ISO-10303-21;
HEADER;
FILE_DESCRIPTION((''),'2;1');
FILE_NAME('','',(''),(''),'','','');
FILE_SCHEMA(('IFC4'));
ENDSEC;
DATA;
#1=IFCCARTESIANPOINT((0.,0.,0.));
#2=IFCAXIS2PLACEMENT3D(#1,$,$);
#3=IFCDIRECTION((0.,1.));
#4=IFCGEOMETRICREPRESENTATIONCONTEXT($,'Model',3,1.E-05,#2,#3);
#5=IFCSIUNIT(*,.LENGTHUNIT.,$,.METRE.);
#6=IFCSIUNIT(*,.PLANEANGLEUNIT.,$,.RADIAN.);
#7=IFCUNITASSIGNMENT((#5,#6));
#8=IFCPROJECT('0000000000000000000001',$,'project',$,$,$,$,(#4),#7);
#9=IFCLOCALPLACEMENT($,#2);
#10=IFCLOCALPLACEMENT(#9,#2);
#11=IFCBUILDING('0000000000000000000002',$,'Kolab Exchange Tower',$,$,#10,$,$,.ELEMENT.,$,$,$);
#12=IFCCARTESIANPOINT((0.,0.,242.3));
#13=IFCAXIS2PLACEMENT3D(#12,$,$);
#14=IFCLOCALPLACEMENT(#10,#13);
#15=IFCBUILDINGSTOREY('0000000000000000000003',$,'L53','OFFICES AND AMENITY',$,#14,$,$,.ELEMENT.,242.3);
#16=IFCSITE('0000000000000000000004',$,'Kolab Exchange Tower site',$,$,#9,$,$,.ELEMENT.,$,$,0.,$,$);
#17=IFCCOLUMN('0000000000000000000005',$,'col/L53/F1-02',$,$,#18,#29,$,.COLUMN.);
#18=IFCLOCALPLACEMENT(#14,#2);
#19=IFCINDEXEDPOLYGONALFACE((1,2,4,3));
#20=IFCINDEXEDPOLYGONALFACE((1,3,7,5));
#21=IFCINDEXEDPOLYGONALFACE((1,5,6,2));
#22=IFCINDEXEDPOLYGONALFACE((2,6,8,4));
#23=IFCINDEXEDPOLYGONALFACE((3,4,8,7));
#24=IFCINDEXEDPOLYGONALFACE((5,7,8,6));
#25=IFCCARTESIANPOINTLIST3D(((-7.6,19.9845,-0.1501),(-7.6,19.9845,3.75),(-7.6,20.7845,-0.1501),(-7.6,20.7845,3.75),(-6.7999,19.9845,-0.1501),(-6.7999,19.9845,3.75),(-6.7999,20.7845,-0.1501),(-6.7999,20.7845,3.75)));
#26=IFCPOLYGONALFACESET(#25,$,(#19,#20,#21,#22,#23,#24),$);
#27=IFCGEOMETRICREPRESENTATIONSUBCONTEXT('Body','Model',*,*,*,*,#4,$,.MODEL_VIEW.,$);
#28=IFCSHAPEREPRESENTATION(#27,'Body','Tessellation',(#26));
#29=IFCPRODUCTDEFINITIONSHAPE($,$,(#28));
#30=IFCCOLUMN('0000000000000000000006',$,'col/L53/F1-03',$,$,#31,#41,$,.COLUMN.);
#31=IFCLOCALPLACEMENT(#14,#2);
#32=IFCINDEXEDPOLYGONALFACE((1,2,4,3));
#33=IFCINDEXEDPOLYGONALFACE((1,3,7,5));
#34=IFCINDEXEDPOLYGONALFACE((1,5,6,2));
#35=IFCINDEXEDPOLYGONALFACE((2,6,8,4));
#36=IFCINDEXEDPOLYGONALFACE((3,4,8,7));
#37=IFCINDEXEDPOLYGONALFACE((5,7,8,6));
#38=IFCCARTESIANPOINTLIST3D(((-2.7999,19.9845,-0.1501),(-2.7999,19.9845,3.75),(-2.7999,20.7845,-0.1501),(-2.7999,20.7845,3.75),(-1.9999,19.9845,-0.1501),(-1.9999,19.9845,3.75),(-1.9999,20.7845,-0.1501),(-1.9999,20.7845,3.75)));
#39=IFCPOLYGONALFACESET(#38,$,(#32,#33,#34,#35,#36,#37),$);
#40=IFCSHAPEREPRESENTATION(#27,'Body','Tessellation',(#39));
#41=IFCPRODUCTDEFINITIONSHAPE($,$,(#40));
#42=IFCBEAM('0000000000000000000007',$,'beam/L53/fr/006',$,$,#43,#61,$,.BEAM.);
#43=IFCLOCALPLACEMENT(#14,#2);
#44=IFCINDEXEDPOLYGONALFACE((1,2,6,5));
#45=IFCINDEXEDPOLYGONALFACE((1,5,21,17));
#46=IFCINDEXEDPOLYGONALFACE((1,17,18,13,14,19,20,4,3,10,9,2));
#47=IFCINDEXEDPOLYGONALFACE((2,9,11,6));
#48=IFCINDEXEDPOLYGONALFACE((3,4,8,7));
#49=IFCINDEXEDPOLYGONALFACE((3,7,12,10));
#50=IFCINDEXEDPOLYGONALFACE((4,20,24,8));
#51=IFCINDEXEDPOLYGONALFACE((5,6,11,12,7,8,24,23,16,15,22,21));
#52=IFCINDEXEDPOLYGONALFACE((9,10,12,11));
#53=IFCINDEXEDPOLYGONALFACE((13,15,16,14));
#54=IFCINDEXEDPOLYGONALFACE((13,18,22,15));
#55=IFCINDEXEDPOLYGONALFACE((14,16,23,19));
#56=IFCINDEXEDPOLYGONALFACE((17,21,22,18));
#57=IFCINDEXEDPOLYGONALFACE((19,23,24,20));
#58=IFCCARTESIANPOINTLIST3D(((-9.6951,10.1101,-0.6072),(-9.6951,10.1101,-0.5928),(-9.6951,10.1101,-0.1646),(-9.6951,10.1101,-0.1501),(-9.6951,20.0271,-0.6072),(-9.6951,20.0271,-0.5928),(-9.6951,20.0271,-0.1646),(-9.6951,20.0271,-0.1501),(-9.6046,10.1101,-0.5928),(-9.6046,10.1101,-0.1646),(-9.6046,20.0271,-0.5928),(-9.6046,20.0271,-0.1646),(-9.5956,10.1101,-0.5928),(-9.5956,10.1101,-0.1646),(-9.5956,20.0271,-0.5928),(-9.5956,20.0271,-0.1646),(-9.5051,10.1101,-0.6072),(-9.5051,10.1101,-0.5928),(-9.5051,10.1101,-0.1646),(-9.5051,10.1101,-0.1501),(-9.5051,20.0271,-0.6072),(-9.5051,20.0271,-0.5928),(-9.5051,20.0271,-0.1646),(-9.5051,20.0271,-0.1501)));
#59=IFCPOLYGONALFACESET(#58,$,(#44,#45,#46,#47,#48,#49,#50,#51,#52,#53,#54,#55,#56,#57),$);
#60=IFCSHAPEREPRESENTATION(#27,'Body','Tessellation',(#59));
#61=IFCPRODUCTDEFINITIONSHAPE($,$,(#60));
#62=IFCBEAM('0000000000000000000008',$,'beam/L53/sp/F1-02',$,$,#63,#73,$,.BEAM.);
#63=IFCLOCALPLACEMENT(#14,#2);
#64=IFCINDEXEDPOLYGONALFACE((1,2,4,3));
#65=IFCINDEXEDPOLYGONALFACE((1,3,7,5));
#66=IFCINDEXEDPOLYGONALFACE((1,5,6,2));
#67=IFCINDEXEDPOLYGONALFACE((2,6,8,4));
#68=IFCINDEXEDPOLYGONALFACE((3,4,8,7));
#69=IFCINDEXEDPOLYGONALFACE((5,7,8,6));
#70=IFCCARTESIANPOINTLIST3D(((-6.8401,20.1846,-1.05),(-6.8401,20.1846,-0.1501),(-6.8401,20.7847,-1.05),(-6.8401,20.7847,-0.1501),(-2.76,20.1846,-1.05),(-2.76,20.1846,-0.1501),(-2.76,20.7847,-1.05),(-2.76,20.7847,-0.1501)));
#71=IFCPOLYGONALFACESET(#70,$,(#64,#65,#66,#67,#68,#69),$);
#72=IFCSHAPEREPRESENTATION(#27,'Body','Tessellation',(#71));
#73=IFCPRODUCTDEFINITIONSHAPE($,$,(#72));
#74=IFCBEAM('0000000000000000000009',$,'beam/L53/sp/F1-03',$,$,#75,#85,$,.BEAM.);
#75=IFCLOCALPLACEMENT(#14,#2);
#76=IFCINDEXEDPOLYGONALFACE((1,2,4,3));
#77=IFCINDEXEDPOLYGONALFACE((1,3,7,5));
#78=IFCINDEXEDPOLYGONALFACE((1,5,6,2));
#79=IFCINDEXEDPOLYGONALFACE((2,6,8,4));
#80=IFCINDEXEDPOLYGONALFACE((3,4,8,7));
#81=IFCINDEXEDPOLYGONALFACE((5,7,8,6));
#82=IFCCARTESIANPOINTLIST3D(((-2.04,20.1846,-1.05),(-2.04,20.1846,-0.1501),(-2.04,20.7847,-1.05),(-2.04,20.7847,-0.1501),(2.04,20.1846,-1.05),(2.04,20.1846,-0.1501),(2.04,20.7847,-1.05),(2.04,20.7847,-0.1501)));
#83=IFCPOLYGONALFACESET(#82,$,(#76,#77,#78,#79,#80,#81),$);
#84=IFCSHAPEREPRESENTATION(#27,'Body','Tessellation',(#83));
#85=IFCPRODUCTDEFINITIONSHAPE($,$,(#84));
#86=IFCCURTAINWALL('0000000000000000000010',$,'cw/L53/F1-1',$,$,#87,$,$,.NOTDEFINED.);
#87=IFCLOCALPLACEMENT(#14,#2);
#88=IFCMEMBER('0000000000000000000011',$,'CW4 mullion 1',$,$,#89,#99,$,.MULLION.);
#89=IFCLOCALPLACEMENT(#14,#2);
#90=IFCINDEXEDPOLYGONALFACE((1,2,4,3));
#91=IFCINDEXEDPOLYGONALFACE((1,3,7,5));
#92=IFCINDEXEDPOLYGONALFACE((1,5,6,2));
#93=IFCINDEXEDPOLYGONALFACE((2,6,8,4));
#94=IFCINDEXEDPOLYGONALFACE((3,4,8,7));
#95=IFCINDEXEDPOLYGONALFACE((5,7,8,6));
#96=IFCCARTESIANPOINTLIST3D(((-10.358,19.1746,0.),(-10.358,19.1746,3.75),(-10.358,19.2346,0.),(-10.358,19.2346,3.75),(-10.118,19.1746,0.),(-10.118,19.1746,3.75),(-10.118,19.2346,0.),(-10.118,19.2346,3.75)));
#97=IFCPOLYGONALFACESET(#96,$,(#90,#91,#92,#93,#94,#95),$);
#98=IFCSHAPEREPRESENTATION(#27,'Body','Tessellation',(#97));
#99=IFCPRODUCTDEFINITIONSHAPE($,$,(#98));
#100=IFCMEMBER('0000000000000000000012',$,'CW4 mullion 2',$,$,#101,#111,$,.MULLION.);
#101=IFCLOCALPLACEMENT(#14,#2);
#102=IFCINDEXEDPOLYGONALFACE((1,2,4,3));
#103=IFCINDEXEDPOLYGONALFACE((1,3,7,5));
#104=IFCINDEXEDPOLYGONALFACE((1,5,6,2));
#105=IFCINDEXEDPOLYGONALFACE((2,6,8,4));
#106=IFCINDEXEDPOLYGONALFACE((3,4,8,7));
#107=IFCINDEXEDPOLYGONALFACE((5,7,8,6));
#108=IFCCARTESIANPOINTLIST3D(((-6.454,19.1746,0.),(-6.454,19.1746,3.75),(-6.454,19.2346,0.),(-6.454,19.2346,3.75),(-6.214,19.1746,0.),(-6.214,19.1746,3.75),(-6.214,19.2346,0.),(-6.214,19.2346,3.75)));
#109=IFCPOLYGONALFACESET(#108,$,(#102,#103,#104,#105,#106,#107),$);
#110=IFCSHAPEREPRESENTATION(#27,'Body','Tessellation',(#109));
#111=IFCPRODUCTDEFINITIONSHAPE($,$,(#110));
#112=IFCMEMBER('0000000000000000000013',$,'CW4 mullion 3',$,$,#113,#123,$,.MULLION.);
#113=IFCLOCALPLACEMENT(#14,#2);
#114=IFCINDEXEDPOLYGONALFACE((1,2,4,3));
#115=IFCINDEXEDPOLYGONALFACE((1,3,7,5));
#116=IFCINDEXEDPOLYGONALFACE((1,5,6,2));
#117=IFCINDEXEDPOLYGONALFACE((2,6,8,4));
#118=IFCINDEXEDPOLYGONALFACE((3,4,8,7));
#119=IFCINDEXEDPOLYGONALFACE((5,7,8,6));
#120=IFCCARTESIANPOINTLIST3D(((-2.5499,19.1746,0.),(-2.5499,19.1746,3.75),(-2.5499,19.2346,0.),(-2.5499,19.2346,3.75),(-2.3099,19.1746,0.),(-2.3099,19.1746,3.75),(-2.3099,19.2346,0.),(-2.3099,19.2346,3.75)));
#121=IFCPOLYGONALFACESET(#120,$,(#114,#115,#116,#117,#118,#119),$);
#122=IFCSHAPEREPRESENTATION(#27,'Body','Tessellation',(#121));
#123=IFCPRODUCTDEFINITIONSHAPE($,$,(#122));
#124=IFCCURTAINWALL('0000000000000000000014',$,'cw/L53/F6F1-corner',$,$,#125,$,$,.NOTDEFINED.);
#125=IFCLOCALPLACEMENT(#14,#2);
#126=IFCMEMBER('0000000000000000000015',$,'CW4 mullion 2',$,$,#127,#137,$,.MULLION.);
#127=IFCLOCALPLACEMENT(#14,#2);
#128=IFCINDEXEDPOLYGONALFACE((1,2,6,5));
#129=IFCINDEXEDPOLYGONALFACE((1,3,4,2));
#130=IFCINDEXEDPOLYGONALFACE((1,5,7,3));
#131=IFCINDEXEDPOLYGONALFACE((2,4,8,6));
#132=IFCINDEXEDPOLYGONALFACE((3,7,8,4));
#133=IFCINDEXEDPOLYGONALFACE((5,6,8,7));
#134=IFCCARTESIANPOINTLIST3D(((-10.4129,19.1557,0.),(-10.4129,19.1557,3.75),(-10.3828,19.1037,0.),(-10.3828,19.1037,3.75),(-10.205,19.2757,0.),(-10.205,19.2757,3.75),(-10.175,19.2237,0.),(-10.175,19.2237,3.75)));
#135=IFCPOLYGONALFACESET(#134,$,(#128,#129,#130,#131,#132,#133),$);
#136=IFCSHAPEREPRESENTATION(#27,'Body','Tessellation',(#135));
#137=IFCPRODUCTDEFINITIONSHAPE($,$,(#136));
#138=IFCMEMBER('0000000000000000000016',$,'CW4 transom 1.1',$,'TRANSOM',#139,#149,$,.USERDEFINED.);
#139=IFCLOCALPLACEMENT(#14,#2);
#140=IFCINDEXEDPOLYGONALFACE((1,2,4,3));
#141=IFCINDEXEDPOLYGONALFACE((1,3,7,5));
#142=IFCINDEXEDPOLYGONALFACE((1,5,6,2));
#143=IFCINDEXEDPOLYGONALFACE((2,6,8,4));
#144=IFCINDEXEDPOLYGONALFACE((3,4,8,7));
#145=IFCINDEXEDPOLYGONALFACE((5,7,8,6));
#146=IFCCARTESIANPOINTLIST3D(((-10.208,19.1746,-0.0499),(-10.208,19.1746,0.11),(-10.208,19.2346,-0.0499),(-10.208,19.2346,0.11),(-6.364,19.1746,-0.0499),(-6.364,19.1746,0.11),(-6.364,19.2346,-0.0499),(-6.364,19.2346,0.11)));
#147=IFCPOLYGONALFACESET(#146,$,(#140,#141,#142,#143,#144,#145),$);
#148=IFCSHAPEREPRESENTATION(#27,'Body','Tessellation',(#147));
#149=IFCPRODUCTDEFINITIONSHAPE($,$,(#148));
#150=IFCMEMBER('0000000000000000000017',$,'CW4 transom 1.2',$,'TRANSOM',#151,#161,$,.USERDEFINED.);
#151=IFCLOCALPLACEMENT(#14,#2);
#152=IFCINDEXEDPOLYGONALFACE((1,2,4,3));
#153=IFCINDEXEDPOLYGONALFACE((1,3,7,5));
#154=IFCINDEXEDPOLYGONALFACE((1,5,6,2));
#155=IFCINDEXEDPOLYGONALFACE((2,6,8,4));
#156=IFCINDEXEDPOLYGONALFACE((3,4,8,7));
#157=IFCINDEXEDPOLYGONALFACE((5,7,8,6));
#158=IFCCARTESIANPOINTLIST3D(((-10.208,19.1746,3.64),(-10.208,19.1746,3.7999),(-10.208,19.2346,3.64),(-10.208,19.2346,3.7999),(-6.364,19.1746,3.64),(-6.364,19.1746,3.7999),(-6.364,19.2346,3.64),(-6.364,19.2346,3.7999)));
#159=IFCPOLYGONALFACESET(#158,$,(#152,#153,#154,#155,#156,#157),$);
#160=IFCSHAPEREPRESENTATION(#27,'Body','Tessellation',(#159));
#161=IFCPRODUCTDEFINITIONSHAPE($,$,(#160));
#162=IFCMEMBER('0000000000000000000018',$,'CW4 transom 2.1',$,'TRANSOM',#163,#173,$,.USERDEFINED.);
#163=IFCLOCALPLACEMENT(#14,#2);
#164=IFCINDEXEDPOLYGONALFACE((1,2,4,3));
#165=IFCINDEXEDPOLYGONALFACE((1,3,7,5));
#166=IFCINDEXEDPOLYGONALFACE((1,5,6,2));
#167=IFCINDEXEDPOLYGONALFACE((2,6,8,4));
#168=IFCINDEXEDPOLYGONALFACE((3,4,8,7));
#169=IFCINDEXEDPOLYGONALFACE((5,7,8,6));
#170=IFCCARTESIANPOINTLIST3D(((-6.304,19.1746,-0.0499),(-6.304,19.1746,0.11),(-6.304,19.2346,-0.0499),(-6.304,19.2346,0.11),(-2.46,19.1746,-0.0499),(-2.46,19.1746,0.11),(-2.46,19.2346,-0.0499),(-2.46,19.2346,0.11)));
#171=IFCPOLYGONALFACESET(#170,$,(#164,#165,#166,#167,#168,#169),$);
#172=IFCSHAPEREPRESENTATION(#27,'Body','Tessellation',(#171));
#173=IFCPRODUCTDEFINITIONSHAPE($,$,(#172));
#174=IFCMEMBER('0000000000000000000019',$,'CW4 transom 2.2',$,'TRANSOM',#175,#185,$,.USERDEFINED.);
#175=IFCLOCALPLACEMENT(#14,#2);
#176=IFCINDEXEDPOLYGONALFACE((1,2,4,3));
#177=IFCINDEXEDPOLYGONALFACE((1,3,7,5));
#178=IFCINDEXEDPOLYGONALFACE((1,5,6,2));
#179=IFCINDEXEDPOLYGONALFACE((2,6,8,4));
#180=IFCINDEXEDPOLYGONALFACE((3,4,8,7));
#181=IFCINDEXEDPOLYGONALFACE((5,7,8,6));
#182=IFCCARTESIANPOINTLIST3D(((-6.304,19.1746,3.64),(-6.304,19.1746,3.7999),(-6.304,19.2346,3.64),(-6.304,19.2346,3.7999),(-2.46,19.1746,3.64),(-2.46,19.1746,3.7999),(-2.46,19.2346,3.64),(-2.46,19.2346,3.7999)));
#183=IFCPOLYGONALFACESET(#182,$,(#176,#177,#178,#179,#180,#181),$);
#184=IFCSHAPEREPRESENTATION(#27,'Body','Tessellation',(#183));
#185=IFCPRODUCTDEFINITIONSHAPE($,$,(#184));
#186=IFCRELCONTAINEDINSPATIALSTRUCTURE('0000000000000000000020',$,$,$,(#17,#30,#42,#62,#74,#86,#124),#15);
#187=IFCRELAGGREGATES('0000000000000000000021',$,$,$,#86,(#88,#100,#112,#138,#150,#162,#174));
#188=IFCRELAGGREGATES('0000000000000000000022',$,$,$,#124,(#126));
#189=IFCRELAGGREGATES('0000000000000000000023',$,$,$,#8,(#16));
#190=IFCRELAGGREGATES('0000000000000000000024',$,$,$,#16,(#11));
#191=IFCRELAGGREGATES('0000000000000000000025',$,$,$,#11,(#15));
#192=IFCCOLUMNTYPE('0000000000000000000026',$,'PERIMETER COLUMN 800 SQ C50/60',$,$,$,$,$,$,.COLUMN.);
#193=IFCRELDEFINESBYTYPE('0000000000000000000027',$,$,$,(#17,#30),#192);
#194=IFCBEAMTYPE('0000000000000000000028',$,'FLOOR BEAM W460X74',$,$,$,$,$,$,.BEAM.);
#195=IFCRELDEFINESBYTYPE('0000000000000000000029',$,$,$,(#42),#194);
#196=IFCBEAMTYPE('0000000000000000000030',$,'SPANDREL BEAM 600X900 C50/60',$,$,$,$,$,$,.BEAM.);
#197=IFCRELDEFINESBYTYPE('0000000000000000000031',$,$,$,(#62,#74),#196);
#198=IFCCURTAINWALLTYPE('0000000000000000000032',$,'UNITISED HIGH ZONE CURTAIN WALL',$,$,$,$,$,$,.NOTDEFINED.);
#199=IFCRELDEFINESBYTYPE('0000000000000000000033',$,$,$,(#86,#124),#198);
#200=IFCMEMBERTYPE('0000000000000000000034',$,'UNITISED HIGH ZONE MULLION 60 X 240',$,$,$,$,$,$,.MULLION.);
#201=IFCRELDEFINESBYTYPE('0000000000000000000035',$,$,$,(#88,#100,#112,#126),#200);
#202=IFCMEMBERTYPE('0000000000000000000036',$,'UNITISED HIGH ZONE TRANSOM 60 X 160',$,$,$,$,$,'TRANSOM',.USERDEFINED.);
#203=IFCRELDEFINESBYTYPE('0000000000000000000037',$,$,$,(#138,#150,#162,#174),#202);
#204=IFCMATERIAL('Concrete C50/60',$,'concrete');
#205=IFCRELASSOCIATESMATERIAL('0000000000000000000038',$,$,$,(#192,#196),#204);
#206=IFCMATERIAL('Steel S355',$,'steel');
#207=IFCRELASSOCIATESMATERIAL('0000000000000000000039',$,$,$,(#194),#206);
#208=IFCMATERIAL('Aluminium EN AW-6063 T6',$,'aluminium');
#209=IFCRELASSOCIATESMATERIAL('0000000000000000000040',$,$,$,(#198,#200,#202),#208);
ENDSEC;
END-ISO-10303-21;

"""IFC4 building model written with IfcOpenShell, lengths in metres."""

from ifc_helpers import new_model, si_unit, direction, frame, origin, origin_2d, place, context, subcontext, project, spatial, rectangle, i_section, extrude, material, material_profile, profile_set, type_object, element, aggregate, save


model = new_model("IFC4")

# Units and contexts
model_context = context("Model", 3, precision=1e-05, world=origin(), true_north=direction((0.0, 1.0)))
body_context = subcontext(model_context, "Body", "Model", "MODEL_VIEW")
ifc_project = project(units=[si_unit("LENGTHUNIT", "METRE"), si_unit("PLANEANGLEUNIT", "RADIAN")], contexts=[model_context])

# Site, building, storey
site_placement = place(None, origin())
site = spatial("IfcSite", under=ifc_project, at=site_placement, Name="Kolab Exchange Tower site", CompositionType="ELEMENT", RefElevation=0.0)
building_placement = place(site_placement, origin())
building = spatial("IfcBuilding", under=site, at=building_placement, Name="Kolab Exchange Tower", CompositionType="ELEMENT")
storey_placement = place(building_placement, frame((0.0, 0.0, 242.3)))
storey = spatial("IfcBuildingStorey", under=building, at=storey_placement, Name="L53", Description="OFFICES AND AMENITY", CompositionType="ELEMENT", Elevation=242.3)

# Columns
ifc_material_1 = material(Name="Concrete C50/60", Category="concrete")
ifc_material_profile_1 = material_profile(ifc_material_1, rectangle(XDim=0.8, YDim=0.8, at=origin_2d()), Name="RC800")
ifc_profile_set_1 = profile_set([ifc_material_profile_1], Name="Concrete C50/60")
column_type = type_object("IfcColumnType", Name="PERIMETER COLUMN 800 SQ C50/60", PredefinedType="COLUMN", material=ifc_profile_set_1)
for number, where, z_axis, x_axis, name in (
    (1, (-7.2, 20.3845, -0.1501), (0.0, 0.0, 1.0), (1.0, 0.0, 0.0), "col/L53/F1-02"),
    (2, (-2.3999, 20.3845, -0.1501), (0.0, 0.0, 1.0), (1.0, 0.0, 0.0), "col/L53/F1-03"),
):
    element("IfcColumn", number, at=place(storey_placement, frame(where, z_axis=z_axis, x_axis=x_axis)), inside=storey, type_object=column_type, Name=name, PredefinedType="COLUMN", context=body_context, shape_type="SweptSolid", body=[
        extrude(rectangle(XDim=0.8, YDim=0.8, at=origin_2d()), origin(), (0.0, 0.0, 1.0), 3.9001),
    ])

# Beams
ifc_material_2 = material(Name="Steel S355", Category="steel")
ifc_material_profile_2 = material_profile(ifc_material_2, i_section(OverallWidth=0.1899, OverallDepth=0.457, WebThickness=0.009, FlangeThickness=0.0144, at=origin_2d()), Name="W460X74")
ifc_profile_set_2 = profile_set([ifc_material_profile_2], Name="Steel S355")
beam_type_1 = type_object("IfcBeamType", Name="FLOOR BEAM W460X74", PredefinedType="BEAM", material=ifc_profile_set_2)
beam_placement = place(storey_placement, frame((-9.6001, 10.1101, -0.3787), z_axis=(0.0, 1.0, 0.0), x_axis=(-1.0, 0.0, 0.0)))
element("IfcBeam", 3, at=beam_placement, inside=storey, type_object=beam_type_1, Name="beam/L53/fr/006", PredefinedType="BEAM", context=body_context, shape_type="SweptSolid", body=[
    extrude(i_section(OverallWidth=0.1899, OverallDepth=0.457, WebThickness=0.009, FlangeThickness=0.0144, at=origin_2d()), origin(), (0.0, 0.0, 1.0), 9.917),
])
ifc_material_profile_3 = material_profile(ifc_material_1, rectangle(XDim=0.6001, YDim=0.8999, at=origin_2d()), Name="RC600X900")
ifc_profile_set_3 = profile_set([ifc_material_profile_3], Name="Concrete C50/60")
beam_type_2 = type_object("IfcBeamType", Name="SPANDREL BEAM 600X900 C50/60", PredefinedType="BEAM", material=ifc_profile_set_3)
for number, where, z_axis, x_axis, name in (
    (4, (-6.8401, 20.4846, -0.6001), (1.0, 0.0, 0.0), (0.0, 1.0, 0.0), "beam/L53/sp/F1-02"),
    (5, (-2.04, 20.4846, -0.6001), (1.0, 0.0, 0.0), (0.0, 1.0, 0.0), "beam/L53/sp/F1-03"),
):
    element("IfcBeam", number, at=place(storey_placement, frame(where, z_axis=z_axis, x_axis=x_axis)), inside=storey, type_object=beam_type_2, Name=name, PredefinedType="BEAM", context=body_context, shape_type="SweptSolid", body=[
        extrude(rectangle(XDim=0.6001, YDim=0.8999, at=origin_2d()), origin(), (0.0, 0.0, 1.0), 4.0801),
    ])

# Curtain wall, members
ifc_material_3 = material(Name="Aluminium EN AW-6063 T6", Category="aluminium")
curtain_wall_type = type_object("IfcCurtainWallType", Name="UNITISED HIGH ZONE CURTAIN WALL", PredefinedType="NOTDEFINED", material=ifc_material_3)
curtain_wall_1_placement = place(storey_placement, origin())
curtain_wall_1 = element("IfcCurtainWall", 6, at=curtain_wall_1_placement, inside=storey, type_object=curtain_wall_type, Name="cw/L53/F1-1", PredefinedType="NOTDEFINED")
ifc_material_profile_4 = material_profile(ifc_material_3, rectangle(XDim=0.0601, YDim=0.24, at=origin_2d()), Name="RECT 60X240")
ifc_profile_set_4 = profile_set([ifc_material_profile_4], Name="Aluminium EN AW-6063 T6")
member_type_1 = type_object("IfcMemberType", Name="UNITISED HIGH ZONE MULLION 60 X 240", PredefinedType="MULLION", material=ifc_profile_set_4)
member_1_placement = place(storey_placement, frame((-10.238, 19.2046, 0.0), z_axis=(0.0, 0.0, 1.0), x_axis=(0.0, 1.0, 0.0)))
member_1 = element("IfcMember", 7, at=member_1_placement, type_object=member_type_1, Name="CW4 mullion 1", PredefinedType="MULLION", context=body_context, shape_type="SweptSolid", body=[
    extrude(rectangle(XDim=0.0601, YDim=0.24, at=origin_2d()), origin(), (0.0, 0.0, 1.0), 3.75),
])
member_2_placement = place(storey_placement, frame((-6.334, 19.2046, 0.0), z_axis=(0.0, 0.0, 1.0), x_axis=(0.0, 1.0, 0.0)))
member_2 = element("IfcMember", 8, at=member_2_placement, type_object=member_type_1, Name="CW4 mullion 2", PredefinedType="MULLION", context=body_context, shape_type="SweptSolid", body=[
    extrude(rectangle(XDim=0.0601, YDim=0.24, at=origin_2d()), origin(), (0.0, 0.0, 1.0), 3.75),
])
member_3_placement = place(storey_placement, frame((-2.4299, 19.2046, 0.0), z_axis=(0.0, 0.0, 1.0), x_axis=(0.0, 1.0, 0.0)))
member_3 = element("IfcMember", 9, at=member_3_placement, type_object=member_type_1, Name="CW4 mullion 3", PredefinedType="MULLION", context=body_context, shape_type="SweptSolid", body=[
    extrude(rectangle(XDim=0.0601, YDim=0.24, at=origin_2d()), origin(), (0.0, 0.0, 1.0), 3.75),
])

# Curtain wall, member
curtain_wall_2_placement = place(storey_placement, origin())
curtain_wall_2 = element("IfcCurtainWall", 10, at=curtain_wall_2_placement, inside=storey, type_object=curtain_wall_type, Name="cw/L53/F6F1-corner", PredefinedType="NOTDEFINED")
member_4_placement = place(storey_placement, frame((-10.2939, 19.1897, 0.0), z_axis=(0.0, 0.0, 1.0), x_axis=(-0.5, 0.866025, 0.0)))
member_4 = element("IfcMember", 11, at=member_4_placement, type_object=member_type_1, Name="CW4 mullion 2", PredefinedType="MULLION", context=body_context, shape_type="SweptSolid", body=[
    extrude(rectangle(XDim=0.0601, YDim=0.24, at=origin_2d()), origin(), (0.0, 0.0, 1.0), 3.75),
])

# Members
ifc_material_profile_5 = material_profile(ifc_material_3, rectangle(XDim=0.0601, YDim=0.1599, at=origin_2d()), Name="RECT 60X160")
ifc_profile_set_5 = profile_set([ifc_material_profile_5], Name="Aluminium EN AW-6063 T6")
member_type_2 = type_object("IfcMemberType", Name="UNITISED HIGH ZONE TRANSOM 60 X 160", ElementType="TRANSOM", PredefinedType="USERDEFINED", material=ifc_profile_set_5)
member_5_placement = place(storey_placement, frame((-10.208, 19.2046, 0.03), z_axis=(1.0, 0.0, 0.0), x_axis=(0.0, 1.0, 0.0)))
member_5 = element("IfcMember", 12, at=member_5_placement, type_object=member_type_2, Name="CW4 transom 1.1", ObjectType="TRANSOM", PredefinedType="USERDEFINED", context=body_context, shape_type="SweptSolid", body=[
    extrude(rectangle(XDim=0.0601, YDim=0.1599, at=origin_2d()), origin(), (0.0, 0.0, 1.0), 3.844),
])
member_6_placement = place(storey_placement, frame((-10.208, 19.2046, 3.72), z_axis=(1.0, 0.0, 0.0), x_axis=(0.0, 1.0, 0.0)))
member_6 = element("IfcMember", 13, at=member_6_placement, type_object=member_type_2, Name="CW4 transom 1.2", ObjectType="TRANSOM", PredefinedType="USERDEFINED", context=body_context, shape_type="SweptSolid", body=[
    extrude(rectangle(XDim=0.0601, YDim=0.1599, at=origin_2d()), origin(), (0.0, 0.0, 1.0), 3.844),
])
member_7_placement = place(storey_placement, frame((-6.304, 19.2046, 0.03), z_axis=(1.0, 0.0, 0.0), x_axis=(0.0, 1.0, 0.0)))
member_7 = element("IfcMember", 14, at=member_7_placement, type_object=member_type_2, Name="CW4 transom 2.1", ObjectType="TRANSOM", PredefinedType="USERDEFINED", context=body_context, shape_type="SweptSolid", body=[
    extrude(rectangle(XDim=0.0601, YDim=0.1599, at=origin_2d()), origin(), (0.0, 0.0, 1.0), 3.844),
])
member_8_placement = place(storey_placement, frame((-6.304, 19.2046, 3.72), z_axis=(1.0, 0.0, 0.0), x_axis=(0.0, 1.0, 0.0)))
member_8 = element("IfcMember", 15, at=member_8_placement, type_object=member_type_2, Name="CW4 transom 2.2", ObjectType="TRANSOM", PredefinedType="USERDEFINED", context=body_context, shape_type="SweptSolid", body=[
    extrude(rectangle(XDim=0.0601, YDim=0.1599, at=origin_2d()), origin(), (0.0, 0.0, 1.0), 3.844),
])

aggregate(curtain_wall_1, [member_1, member_2, member_3, member_5, member_6, member_7, member_8])
aggregate(curtain_wall_2, [member_4])

save(model, "model.ifc")
